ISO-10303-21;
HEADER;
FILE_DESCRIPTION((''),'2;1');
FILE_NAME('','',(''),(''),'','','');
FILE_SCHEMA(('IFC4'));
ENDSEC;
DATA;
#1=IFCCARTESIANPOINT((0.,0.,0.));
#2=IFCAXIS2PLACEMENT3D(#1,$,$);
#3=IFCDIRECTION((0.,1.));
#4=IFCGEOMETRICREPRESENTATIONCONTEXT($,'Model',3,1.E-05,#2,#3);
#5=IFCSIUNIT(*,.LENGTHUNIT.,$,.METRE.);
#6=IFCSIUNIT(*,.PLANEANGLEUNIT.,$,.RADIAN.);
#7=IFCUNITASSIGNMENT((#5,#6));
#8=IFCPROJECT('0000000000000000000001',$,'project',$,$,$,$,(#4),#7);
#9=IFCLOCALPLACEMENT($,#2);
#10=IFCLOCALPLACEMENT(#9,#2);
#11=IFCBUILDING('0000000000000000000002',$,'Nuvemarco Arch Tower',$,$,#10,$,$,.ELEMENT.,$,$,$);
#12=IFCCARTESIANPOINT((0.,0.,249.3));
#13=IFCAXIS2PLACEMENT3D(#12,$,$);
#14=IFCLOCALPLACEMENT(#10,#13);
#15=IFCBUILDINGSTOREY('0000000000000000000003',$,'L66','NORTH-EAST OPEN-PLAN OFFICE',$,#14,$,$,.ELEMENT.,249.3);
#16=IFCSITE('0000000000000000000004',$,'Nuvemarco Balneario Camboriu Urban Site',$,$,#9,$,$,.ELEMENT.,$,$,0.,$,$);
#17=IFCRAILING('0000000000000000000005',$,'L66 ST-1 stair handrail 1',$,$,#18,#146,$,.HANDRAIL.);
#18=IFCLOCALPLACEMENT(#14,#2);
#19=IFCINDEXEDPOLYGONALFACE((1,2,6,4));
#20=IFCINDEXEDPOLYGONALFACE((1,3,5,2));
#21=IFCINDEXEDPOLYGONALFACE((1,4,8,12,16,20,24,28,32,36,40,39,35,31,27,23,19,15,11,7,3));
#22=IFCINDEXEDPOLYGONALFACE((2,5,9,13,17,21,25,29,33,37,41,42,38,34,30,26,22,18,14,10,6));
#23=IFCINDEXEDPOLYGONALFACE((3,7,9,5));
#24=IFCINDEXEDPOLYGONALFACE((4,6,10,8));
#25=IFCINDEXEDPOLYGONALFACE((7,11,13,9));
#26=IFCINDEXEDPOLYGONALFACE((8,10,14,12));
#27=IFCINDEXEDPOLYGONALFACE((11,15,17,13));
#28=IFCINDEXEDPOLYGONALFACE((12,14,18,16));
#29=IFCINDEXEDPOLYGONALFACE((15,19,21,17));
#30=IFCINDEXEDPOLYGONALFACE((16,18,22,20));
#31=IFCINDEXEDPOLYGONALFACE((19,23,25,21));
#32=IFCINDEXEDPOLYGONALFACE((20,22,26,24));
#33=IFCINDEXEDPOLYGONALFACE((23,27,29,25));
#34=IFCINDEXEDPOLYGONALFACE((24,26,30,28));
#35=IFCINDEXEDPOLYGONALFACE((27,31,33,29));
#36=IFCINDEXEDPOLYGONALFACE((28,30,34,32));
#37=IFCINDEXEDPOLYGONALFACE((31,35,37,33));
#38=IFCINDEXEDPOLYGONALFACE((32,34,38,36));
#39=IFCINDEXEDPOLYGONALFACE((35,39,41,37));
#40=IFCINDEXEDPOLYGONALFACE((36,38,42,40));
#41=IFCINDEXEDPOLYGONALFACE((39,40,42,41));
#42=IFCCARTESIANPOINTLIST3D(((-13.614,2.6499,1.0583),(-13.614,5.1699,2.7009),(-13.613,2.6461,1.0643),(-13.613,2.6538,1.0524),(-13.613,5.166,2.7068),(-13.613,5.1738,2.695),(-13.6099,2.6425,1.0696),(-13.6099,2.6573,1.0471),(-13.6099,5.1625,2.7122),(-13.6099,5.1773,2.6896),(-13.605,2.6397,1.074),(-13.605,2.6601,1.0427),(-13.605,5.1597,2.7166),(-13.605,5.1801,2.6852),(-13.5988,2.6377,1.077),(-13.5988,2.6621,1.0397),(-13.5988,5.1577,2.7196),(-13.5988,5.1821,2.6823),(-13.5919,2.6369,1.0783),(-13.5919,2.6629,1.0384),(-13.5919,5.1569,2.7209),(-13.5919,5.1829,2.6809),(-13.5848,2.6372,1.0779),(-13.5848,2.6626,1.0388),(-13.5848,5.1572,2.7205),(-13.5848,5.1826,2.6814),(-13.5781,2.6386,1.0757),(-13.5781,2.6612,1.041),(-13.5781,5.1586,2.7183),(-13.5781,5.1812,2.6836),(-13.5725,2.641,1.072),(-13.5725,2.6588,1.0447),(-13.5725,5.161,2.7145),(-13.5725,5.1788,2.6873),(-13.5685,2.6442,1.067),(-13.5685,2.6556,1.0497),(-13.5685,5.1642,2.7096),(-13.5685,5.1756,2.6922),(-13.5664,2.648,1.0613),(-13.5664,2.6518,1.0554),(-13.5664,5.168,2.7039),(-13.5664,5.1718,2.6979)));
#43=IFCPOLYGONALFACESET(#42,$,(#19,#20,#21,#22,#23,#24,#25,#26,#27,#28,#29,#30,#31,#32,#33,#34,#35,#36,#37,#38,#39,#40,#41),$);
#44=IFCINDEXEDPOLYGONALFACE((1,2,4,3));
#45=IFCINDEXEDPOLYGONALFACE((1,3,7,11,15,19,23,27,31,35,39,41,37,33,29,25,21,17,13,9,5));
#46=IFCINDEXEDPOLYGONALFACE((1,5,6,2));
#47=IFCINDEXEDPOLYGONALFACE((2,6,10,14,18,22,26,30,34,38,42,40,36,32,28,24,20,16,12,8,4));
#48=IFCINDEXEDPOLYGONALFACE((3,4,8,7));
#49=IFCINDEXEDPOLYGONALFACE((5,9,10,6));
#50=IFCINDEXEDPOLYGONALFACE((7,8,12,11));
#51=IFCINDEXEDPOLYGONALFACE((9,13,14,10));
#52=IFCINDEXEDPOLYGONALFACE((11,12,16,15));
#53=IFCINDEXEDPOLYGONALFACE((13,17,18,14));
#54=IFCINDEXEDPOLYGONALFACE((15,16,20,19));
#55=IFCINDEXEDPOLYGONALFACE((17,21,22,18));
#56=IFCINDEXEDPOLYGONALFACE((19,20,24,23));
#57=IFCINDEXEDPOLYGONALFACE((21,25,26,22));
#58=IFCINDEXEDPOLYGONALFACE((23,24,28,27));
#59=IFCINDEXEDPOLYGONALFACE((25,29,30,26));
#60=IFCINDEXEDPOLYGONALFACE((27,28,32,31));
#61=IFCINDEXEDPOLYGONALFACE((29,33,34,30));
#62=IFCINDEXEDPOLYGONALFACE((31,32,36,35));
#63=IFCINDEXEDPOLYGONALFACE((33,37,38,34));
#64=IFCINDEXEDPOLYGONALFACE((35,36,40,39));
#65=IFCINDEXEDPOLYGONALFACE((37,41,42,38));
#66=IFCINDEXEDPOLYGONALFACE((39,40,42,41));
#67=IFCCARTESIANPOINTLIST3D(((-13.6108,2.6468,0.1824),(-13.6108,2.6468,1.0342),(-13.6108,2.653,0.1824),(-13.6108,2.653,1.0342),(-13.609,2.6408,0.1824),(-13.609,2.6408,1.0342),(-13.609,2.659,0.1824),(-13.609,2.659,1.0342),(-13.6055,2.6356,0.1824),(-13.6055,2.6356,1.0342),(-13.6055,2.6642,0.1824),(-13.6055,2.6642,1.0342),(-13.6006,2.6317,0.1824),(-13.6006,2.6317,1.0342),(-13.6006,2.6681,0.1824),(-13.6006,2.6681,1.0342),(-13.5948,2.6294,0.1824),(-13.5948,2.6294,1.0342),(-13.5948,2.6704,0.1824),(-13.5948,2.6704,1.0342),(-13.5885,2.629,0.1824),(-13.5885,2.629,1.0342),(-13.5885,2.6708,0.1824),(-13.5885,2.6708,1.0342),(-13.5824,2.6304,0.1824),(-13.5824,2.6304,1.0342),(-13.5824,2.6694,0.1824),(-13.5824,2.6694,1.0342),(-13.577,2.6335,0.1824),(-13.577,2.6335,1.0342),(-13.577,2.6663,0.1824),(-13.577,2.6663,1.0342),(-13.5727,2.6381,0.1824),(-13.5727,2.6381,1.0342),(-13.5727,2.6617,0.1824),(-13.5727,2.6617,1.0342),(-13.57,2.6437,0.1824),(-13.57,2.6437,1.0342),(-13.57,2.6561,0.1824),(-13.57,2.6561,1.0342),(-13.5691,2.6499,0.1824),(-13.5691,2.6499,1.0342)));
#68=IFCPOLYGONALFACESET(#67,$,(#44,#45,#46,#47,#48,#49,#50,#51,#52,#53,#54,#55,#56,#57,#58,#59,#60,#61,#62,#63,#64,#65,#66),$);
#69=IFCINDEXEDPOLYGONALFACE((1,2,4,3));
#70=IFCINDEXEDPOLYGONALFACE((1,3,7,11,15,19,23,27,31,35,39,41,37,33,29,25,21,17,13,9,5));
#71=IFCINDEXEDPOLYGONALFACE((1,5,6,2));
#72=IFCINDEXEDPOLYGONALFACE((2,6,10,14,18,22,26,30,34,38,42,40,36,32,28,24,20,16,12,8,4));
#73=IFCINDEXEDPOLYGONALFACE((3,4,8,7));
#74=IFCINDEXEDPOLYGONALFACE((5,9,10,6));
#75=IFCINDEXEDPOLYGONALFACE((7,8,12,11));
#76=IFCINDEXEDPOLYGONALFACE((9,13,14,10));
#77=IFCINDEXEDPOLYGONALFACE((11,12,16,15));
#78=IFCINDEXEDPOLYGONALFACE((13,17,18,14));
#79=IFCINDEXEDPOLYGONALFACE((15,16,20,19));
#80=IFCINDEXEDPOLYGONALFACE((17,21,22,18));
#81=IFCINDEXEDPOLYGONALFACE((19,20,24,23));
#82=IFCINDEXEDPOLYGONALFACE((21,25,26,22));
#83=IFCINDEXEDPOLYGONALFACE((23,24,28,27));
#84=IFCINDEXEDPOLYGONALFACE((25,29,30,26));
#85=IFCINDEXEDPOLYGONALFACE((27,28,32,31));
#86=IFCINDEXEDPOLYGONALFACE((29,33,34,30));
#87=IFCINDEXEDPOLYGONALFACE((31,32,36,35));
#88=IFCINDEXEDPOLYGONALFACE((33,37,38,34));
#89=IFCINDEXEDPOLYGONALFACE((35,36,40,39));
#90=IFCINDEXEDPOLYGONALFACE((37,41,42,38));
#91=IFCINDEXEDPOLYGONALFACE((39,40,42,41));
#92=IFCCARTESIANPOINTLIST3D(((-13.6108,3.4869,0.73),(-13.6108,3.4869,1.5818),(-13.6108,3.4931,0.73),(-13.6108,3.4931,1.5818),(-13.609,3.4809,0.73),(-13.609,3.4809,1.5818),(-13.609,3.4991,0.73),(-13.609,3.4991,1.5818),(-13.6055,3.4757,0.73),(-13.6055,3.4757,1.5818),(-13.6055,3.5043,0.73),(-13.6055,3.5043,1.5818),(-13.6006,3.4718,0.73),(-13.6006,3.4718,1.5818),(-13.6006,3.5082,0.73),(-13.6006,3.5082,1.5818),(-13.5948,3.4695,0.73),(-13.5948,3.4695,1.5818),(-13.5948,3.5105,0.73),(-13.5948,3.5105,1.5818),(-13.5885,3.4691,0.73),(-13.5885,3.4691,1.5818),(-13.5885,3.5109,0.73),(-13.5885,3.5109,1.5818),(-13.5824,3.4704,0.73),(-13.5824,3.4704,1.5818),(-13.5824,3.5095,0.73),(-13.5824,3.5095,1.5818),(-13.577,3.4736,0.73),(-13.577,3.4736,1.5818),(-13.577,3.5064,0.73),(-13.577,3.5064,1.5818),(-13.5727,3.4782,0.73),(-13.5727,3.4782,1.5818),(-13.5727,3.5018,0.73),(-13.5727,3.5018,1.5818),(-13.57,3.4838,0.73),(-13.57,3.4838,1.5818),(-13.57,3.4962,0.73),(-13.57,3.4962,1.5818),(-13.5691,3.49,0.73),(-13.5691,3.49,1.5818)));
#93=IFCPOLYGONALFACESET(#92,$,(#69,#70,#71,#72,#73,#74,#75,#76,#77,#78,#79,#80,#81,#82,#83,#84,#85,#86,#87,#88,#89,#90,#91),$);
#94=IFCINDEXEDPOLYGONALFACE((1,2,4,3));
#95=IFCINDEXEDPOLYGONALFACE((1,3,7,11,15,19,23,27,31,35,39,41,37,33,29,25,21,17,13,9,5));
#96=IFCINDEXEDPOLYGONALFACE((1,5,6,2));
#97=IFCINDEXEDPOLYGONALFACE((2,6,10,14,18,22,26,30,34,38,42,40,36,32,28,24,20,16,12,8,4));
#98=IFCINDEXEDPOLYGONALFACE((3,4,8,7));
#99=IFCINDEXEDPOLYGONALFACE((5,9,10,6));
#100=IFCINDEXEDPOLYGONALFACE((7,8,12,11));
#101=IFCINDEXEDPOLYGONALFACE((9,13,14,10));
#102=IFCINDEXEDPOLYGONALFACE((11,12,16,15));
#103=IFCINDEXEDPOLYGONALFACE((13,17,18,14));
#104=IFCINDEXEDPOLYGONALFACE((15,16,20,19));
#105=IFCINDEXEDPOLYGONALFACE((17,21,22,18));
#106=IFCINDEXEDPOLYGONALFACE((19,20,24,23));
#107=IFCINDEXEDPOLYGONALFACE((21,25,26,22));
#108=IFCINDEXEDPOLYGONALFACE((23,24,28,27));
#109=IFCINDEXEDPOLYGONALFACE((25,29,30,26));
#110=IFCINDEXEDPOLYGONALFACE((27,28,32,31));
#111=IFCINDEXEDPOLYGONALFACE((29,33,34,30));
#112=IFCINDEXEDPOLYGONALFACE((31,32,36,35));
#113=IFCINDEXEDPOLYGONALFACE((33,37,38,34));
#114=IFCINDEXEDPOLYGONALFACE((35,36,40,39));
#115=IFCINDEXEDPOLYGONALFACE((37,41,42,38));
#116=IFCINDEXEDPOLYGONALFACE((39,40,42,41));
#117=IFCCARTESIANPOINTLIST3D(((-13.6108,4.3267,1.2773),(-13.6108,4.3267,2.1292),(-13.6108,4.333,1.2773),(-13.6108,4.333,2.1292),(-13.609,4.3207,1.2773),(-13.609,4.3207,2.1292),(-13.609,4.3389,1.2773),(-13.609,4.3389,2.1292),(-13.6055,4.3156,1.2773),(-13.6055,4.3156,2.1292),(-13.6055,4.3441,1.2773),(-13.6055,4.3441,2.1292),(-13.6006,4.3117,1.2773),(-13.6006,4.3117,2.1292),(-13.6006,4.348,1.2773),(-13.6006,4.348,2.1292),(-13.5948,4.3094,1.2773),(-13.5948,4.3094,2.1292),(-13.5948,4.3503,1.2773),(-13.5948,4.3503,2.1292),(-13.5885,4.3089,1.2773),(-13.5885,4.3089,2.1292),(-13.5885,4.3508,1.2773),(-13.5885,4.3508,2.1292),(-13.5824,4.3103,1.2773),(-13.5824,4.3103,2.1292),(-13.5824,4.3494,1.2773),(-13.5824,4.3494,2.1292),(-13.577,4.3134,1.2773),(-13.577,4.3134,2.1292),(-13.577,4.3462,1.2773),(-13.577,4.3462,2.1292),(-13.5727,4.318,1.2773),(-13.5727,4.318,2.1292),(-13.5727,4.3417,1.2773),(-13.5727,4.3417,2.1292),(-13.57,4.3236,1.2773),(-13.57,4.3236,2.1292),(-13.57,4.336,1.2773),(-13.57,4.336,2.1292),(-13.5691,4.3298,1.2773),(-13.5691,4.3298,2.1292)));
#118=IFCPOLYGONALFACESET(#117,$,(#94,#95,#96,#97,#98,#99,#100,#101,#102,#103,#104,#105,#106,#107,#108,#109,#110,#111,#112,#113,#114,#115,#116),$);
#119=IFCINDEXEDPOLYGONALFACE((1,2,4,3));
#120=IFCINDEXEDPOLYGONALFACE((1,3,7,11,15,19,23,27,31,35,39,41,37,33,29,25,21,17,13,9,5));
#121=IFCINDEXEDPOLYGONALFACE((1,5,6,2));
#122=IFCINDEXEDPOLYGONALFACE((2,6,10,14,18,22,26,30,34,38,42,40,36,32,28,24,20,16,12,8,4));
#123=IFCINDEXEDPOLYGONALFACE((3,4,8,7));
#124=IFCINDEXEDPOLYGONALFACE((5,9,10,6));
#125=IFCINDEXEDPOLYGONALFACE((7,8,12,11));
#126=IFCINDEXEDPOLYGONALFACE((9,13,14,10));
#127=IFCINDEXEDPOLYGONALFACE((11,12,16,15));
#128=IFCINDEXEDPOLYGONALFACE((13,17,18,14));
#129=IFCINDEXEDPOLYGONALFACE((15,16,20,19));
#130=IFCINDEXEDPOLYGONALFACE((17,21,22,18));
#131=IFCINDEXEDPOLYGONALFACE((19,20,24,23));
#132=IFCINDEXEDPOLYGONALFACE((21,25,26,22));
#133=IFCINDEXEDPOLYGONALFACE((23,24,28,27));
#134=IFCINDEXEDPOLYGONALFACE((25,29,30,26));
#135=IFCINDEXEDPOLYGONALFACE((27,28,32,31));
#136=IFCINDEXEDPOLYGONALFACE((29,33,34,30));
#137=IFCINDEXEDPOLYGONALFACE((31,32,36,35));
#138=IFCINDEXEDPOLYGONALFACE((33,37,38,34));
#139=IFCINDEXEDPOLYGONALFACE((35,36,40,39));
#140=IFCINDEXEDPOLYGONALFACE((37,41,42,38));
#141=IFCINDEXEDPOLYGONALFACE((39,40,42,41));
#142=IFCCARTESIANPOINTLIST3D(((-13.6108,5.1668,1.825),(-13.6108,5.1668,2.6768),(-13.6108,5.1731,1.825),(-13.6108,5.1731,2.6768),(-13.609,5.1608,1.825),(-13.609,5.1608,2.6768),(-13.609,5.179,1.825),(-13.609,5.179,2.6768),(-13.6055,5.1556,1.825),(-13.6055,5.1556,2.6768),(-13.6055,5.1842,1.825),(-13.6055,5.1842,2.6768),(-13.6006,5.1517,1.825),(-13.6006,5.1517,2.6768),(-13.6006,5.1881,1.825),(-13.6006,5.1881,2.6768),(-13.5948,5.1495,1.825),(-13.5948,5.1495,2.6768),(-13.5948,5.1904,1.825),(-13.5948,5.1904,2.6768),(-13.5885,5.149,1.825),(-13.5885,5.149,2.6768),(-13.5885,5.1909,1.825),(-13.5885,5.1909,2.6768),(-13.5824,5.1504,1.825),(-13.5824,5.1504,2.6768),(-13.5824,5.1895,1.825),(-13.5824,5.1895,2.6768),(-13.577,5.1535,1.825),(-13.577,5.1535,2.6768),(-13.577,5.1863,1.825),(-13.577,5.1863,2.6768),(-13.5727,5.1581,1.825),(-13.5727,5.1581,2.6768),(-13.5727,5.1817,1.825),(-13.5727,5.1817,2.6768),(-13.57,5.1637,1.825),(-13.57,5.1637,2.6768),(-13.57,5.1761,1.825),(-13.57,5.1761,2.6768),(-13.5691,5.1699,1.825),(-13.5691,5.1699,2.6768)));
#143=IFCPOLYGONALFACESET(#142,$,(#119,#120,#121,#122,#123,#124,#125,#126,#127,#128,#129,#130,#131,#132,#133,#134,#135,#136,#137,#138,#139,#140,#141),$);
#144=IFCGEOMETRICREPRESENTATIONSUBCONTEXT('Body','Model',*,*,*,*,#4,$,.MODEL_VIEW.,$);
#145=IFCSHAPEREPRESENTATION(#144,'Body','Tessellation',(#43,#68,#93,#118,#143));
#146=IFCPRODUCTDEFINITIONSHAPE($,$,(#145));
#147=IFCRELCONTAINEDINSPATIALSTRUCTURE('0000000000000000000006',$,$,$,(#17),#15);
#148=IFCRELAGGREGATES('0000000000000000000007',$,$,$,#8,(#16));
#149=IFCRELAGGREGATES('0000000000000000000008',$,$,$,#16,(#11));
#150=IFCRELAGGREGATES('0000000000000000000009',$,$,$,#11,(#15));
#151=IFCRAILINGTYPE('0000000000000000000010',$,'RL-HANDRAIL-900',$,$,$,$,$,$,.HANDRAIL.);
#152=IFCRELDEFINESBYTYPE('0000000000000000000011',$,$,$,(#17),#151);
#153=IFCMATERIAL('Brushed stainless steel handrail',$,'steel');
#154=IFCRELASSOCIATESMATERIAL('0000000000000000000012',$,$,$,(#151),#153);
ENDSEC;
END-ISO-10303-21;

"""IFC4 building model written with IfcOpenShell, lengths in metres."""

from ifc_helpers import new_model, si_unit, direction, frame, origin, origin_2d, place, context, subcontext, project, spatial, circle, extrude, material, type_object, element, save


model = new_model("IFC4")

# Units and contexts
model_context = context("Model", 3, precision=1e-05, world=origin(), true_north=direction((0.0, 1.0)))
body_context = subcontext(model_context, "Body", "Model", "MODEL_VIEW")
ifc_project = project(units=[si_unit("LENGTHUNIT", "METRE"), si_unit("PLANEANGLEUNIT", "RADIAN")], contexts=[model_context])

# Site, building, storey
site_placement = place(None, origin())
site = spatial("IfcSite", under=ifc_project, at=site_placement, Name="Nuvemarco Balneario Camboriu Urban Site", CompositionType="ELEMENT", RefElevation=0.0)
building_placement = place(site_placement, origin())
building = spatial("IfcBuilding", under=site, at=building_placement, Name="Nuvemarco Arch Tower", CompositionType="ELEMENT")
storey_placement = place(building_placement, frame((0.0, 0.0, 249.3)))
storey = spatial("IfcBuildingStorey", under=building, at=storey_placement, Name="L66", Description="NORTH-EAST OPEN-PLAN OFFICE", CompositionType="ELEMENT", Elevation=249.3)

# Railing
ifc_material_1 = material(Name="Brushed stainless steel handrail", Category="steel")
railing_type_1 = type_object("IfcRailingType", Name="RL-HANDRAIL-900", PredefinedType="HANDRAIL", material=ifc_material_1)
railing_1_placement = place(storey_placement, frame((-13.5901, 2.6499, 0.1824)))
element("IfcRailing", 1, at=railing_1_placement, inside=storey, type_object=railing_type_1, Name="L66 ST-1 stair handrail 1", PredefinedType="HANDRAIL", context=body_context, shape_type="SweptSolid", body=[
    extrude(circle(Radius=0.0239, at=origin_2d()), frame((0.0, 0.0, 0.876), z_axis=(0.0, 0.837749, 0.546055), x_axis=(-1.0, 0.0, 0.0)), (0.0, 0.0, 1.0), 3.0081),
    extrude(circle(Radius=0.021, at=origin_2d()), origin(), (0.0, 0.0, 1.0), 0.8518),
    extrude(circle(Radius=0.021, at=origin_2d()), frame((0.0, 0.8401, 0.5476)), (0.0, 0.0, 1.0), 0.8518),
    extrude(circle(Radius=0.021, at=origin_2d()), frame((0.0, 1.6799, 1.095)), (0.0, 0.0, 1.0), 0.8518),
    extrude(circle(Radius=0.021, at=origin_2d()), frame((0.0, 2.52, 1.6426)), (0.0, 0.0, 1.0), 0.8518),
])

save(model, "model.ifc")
